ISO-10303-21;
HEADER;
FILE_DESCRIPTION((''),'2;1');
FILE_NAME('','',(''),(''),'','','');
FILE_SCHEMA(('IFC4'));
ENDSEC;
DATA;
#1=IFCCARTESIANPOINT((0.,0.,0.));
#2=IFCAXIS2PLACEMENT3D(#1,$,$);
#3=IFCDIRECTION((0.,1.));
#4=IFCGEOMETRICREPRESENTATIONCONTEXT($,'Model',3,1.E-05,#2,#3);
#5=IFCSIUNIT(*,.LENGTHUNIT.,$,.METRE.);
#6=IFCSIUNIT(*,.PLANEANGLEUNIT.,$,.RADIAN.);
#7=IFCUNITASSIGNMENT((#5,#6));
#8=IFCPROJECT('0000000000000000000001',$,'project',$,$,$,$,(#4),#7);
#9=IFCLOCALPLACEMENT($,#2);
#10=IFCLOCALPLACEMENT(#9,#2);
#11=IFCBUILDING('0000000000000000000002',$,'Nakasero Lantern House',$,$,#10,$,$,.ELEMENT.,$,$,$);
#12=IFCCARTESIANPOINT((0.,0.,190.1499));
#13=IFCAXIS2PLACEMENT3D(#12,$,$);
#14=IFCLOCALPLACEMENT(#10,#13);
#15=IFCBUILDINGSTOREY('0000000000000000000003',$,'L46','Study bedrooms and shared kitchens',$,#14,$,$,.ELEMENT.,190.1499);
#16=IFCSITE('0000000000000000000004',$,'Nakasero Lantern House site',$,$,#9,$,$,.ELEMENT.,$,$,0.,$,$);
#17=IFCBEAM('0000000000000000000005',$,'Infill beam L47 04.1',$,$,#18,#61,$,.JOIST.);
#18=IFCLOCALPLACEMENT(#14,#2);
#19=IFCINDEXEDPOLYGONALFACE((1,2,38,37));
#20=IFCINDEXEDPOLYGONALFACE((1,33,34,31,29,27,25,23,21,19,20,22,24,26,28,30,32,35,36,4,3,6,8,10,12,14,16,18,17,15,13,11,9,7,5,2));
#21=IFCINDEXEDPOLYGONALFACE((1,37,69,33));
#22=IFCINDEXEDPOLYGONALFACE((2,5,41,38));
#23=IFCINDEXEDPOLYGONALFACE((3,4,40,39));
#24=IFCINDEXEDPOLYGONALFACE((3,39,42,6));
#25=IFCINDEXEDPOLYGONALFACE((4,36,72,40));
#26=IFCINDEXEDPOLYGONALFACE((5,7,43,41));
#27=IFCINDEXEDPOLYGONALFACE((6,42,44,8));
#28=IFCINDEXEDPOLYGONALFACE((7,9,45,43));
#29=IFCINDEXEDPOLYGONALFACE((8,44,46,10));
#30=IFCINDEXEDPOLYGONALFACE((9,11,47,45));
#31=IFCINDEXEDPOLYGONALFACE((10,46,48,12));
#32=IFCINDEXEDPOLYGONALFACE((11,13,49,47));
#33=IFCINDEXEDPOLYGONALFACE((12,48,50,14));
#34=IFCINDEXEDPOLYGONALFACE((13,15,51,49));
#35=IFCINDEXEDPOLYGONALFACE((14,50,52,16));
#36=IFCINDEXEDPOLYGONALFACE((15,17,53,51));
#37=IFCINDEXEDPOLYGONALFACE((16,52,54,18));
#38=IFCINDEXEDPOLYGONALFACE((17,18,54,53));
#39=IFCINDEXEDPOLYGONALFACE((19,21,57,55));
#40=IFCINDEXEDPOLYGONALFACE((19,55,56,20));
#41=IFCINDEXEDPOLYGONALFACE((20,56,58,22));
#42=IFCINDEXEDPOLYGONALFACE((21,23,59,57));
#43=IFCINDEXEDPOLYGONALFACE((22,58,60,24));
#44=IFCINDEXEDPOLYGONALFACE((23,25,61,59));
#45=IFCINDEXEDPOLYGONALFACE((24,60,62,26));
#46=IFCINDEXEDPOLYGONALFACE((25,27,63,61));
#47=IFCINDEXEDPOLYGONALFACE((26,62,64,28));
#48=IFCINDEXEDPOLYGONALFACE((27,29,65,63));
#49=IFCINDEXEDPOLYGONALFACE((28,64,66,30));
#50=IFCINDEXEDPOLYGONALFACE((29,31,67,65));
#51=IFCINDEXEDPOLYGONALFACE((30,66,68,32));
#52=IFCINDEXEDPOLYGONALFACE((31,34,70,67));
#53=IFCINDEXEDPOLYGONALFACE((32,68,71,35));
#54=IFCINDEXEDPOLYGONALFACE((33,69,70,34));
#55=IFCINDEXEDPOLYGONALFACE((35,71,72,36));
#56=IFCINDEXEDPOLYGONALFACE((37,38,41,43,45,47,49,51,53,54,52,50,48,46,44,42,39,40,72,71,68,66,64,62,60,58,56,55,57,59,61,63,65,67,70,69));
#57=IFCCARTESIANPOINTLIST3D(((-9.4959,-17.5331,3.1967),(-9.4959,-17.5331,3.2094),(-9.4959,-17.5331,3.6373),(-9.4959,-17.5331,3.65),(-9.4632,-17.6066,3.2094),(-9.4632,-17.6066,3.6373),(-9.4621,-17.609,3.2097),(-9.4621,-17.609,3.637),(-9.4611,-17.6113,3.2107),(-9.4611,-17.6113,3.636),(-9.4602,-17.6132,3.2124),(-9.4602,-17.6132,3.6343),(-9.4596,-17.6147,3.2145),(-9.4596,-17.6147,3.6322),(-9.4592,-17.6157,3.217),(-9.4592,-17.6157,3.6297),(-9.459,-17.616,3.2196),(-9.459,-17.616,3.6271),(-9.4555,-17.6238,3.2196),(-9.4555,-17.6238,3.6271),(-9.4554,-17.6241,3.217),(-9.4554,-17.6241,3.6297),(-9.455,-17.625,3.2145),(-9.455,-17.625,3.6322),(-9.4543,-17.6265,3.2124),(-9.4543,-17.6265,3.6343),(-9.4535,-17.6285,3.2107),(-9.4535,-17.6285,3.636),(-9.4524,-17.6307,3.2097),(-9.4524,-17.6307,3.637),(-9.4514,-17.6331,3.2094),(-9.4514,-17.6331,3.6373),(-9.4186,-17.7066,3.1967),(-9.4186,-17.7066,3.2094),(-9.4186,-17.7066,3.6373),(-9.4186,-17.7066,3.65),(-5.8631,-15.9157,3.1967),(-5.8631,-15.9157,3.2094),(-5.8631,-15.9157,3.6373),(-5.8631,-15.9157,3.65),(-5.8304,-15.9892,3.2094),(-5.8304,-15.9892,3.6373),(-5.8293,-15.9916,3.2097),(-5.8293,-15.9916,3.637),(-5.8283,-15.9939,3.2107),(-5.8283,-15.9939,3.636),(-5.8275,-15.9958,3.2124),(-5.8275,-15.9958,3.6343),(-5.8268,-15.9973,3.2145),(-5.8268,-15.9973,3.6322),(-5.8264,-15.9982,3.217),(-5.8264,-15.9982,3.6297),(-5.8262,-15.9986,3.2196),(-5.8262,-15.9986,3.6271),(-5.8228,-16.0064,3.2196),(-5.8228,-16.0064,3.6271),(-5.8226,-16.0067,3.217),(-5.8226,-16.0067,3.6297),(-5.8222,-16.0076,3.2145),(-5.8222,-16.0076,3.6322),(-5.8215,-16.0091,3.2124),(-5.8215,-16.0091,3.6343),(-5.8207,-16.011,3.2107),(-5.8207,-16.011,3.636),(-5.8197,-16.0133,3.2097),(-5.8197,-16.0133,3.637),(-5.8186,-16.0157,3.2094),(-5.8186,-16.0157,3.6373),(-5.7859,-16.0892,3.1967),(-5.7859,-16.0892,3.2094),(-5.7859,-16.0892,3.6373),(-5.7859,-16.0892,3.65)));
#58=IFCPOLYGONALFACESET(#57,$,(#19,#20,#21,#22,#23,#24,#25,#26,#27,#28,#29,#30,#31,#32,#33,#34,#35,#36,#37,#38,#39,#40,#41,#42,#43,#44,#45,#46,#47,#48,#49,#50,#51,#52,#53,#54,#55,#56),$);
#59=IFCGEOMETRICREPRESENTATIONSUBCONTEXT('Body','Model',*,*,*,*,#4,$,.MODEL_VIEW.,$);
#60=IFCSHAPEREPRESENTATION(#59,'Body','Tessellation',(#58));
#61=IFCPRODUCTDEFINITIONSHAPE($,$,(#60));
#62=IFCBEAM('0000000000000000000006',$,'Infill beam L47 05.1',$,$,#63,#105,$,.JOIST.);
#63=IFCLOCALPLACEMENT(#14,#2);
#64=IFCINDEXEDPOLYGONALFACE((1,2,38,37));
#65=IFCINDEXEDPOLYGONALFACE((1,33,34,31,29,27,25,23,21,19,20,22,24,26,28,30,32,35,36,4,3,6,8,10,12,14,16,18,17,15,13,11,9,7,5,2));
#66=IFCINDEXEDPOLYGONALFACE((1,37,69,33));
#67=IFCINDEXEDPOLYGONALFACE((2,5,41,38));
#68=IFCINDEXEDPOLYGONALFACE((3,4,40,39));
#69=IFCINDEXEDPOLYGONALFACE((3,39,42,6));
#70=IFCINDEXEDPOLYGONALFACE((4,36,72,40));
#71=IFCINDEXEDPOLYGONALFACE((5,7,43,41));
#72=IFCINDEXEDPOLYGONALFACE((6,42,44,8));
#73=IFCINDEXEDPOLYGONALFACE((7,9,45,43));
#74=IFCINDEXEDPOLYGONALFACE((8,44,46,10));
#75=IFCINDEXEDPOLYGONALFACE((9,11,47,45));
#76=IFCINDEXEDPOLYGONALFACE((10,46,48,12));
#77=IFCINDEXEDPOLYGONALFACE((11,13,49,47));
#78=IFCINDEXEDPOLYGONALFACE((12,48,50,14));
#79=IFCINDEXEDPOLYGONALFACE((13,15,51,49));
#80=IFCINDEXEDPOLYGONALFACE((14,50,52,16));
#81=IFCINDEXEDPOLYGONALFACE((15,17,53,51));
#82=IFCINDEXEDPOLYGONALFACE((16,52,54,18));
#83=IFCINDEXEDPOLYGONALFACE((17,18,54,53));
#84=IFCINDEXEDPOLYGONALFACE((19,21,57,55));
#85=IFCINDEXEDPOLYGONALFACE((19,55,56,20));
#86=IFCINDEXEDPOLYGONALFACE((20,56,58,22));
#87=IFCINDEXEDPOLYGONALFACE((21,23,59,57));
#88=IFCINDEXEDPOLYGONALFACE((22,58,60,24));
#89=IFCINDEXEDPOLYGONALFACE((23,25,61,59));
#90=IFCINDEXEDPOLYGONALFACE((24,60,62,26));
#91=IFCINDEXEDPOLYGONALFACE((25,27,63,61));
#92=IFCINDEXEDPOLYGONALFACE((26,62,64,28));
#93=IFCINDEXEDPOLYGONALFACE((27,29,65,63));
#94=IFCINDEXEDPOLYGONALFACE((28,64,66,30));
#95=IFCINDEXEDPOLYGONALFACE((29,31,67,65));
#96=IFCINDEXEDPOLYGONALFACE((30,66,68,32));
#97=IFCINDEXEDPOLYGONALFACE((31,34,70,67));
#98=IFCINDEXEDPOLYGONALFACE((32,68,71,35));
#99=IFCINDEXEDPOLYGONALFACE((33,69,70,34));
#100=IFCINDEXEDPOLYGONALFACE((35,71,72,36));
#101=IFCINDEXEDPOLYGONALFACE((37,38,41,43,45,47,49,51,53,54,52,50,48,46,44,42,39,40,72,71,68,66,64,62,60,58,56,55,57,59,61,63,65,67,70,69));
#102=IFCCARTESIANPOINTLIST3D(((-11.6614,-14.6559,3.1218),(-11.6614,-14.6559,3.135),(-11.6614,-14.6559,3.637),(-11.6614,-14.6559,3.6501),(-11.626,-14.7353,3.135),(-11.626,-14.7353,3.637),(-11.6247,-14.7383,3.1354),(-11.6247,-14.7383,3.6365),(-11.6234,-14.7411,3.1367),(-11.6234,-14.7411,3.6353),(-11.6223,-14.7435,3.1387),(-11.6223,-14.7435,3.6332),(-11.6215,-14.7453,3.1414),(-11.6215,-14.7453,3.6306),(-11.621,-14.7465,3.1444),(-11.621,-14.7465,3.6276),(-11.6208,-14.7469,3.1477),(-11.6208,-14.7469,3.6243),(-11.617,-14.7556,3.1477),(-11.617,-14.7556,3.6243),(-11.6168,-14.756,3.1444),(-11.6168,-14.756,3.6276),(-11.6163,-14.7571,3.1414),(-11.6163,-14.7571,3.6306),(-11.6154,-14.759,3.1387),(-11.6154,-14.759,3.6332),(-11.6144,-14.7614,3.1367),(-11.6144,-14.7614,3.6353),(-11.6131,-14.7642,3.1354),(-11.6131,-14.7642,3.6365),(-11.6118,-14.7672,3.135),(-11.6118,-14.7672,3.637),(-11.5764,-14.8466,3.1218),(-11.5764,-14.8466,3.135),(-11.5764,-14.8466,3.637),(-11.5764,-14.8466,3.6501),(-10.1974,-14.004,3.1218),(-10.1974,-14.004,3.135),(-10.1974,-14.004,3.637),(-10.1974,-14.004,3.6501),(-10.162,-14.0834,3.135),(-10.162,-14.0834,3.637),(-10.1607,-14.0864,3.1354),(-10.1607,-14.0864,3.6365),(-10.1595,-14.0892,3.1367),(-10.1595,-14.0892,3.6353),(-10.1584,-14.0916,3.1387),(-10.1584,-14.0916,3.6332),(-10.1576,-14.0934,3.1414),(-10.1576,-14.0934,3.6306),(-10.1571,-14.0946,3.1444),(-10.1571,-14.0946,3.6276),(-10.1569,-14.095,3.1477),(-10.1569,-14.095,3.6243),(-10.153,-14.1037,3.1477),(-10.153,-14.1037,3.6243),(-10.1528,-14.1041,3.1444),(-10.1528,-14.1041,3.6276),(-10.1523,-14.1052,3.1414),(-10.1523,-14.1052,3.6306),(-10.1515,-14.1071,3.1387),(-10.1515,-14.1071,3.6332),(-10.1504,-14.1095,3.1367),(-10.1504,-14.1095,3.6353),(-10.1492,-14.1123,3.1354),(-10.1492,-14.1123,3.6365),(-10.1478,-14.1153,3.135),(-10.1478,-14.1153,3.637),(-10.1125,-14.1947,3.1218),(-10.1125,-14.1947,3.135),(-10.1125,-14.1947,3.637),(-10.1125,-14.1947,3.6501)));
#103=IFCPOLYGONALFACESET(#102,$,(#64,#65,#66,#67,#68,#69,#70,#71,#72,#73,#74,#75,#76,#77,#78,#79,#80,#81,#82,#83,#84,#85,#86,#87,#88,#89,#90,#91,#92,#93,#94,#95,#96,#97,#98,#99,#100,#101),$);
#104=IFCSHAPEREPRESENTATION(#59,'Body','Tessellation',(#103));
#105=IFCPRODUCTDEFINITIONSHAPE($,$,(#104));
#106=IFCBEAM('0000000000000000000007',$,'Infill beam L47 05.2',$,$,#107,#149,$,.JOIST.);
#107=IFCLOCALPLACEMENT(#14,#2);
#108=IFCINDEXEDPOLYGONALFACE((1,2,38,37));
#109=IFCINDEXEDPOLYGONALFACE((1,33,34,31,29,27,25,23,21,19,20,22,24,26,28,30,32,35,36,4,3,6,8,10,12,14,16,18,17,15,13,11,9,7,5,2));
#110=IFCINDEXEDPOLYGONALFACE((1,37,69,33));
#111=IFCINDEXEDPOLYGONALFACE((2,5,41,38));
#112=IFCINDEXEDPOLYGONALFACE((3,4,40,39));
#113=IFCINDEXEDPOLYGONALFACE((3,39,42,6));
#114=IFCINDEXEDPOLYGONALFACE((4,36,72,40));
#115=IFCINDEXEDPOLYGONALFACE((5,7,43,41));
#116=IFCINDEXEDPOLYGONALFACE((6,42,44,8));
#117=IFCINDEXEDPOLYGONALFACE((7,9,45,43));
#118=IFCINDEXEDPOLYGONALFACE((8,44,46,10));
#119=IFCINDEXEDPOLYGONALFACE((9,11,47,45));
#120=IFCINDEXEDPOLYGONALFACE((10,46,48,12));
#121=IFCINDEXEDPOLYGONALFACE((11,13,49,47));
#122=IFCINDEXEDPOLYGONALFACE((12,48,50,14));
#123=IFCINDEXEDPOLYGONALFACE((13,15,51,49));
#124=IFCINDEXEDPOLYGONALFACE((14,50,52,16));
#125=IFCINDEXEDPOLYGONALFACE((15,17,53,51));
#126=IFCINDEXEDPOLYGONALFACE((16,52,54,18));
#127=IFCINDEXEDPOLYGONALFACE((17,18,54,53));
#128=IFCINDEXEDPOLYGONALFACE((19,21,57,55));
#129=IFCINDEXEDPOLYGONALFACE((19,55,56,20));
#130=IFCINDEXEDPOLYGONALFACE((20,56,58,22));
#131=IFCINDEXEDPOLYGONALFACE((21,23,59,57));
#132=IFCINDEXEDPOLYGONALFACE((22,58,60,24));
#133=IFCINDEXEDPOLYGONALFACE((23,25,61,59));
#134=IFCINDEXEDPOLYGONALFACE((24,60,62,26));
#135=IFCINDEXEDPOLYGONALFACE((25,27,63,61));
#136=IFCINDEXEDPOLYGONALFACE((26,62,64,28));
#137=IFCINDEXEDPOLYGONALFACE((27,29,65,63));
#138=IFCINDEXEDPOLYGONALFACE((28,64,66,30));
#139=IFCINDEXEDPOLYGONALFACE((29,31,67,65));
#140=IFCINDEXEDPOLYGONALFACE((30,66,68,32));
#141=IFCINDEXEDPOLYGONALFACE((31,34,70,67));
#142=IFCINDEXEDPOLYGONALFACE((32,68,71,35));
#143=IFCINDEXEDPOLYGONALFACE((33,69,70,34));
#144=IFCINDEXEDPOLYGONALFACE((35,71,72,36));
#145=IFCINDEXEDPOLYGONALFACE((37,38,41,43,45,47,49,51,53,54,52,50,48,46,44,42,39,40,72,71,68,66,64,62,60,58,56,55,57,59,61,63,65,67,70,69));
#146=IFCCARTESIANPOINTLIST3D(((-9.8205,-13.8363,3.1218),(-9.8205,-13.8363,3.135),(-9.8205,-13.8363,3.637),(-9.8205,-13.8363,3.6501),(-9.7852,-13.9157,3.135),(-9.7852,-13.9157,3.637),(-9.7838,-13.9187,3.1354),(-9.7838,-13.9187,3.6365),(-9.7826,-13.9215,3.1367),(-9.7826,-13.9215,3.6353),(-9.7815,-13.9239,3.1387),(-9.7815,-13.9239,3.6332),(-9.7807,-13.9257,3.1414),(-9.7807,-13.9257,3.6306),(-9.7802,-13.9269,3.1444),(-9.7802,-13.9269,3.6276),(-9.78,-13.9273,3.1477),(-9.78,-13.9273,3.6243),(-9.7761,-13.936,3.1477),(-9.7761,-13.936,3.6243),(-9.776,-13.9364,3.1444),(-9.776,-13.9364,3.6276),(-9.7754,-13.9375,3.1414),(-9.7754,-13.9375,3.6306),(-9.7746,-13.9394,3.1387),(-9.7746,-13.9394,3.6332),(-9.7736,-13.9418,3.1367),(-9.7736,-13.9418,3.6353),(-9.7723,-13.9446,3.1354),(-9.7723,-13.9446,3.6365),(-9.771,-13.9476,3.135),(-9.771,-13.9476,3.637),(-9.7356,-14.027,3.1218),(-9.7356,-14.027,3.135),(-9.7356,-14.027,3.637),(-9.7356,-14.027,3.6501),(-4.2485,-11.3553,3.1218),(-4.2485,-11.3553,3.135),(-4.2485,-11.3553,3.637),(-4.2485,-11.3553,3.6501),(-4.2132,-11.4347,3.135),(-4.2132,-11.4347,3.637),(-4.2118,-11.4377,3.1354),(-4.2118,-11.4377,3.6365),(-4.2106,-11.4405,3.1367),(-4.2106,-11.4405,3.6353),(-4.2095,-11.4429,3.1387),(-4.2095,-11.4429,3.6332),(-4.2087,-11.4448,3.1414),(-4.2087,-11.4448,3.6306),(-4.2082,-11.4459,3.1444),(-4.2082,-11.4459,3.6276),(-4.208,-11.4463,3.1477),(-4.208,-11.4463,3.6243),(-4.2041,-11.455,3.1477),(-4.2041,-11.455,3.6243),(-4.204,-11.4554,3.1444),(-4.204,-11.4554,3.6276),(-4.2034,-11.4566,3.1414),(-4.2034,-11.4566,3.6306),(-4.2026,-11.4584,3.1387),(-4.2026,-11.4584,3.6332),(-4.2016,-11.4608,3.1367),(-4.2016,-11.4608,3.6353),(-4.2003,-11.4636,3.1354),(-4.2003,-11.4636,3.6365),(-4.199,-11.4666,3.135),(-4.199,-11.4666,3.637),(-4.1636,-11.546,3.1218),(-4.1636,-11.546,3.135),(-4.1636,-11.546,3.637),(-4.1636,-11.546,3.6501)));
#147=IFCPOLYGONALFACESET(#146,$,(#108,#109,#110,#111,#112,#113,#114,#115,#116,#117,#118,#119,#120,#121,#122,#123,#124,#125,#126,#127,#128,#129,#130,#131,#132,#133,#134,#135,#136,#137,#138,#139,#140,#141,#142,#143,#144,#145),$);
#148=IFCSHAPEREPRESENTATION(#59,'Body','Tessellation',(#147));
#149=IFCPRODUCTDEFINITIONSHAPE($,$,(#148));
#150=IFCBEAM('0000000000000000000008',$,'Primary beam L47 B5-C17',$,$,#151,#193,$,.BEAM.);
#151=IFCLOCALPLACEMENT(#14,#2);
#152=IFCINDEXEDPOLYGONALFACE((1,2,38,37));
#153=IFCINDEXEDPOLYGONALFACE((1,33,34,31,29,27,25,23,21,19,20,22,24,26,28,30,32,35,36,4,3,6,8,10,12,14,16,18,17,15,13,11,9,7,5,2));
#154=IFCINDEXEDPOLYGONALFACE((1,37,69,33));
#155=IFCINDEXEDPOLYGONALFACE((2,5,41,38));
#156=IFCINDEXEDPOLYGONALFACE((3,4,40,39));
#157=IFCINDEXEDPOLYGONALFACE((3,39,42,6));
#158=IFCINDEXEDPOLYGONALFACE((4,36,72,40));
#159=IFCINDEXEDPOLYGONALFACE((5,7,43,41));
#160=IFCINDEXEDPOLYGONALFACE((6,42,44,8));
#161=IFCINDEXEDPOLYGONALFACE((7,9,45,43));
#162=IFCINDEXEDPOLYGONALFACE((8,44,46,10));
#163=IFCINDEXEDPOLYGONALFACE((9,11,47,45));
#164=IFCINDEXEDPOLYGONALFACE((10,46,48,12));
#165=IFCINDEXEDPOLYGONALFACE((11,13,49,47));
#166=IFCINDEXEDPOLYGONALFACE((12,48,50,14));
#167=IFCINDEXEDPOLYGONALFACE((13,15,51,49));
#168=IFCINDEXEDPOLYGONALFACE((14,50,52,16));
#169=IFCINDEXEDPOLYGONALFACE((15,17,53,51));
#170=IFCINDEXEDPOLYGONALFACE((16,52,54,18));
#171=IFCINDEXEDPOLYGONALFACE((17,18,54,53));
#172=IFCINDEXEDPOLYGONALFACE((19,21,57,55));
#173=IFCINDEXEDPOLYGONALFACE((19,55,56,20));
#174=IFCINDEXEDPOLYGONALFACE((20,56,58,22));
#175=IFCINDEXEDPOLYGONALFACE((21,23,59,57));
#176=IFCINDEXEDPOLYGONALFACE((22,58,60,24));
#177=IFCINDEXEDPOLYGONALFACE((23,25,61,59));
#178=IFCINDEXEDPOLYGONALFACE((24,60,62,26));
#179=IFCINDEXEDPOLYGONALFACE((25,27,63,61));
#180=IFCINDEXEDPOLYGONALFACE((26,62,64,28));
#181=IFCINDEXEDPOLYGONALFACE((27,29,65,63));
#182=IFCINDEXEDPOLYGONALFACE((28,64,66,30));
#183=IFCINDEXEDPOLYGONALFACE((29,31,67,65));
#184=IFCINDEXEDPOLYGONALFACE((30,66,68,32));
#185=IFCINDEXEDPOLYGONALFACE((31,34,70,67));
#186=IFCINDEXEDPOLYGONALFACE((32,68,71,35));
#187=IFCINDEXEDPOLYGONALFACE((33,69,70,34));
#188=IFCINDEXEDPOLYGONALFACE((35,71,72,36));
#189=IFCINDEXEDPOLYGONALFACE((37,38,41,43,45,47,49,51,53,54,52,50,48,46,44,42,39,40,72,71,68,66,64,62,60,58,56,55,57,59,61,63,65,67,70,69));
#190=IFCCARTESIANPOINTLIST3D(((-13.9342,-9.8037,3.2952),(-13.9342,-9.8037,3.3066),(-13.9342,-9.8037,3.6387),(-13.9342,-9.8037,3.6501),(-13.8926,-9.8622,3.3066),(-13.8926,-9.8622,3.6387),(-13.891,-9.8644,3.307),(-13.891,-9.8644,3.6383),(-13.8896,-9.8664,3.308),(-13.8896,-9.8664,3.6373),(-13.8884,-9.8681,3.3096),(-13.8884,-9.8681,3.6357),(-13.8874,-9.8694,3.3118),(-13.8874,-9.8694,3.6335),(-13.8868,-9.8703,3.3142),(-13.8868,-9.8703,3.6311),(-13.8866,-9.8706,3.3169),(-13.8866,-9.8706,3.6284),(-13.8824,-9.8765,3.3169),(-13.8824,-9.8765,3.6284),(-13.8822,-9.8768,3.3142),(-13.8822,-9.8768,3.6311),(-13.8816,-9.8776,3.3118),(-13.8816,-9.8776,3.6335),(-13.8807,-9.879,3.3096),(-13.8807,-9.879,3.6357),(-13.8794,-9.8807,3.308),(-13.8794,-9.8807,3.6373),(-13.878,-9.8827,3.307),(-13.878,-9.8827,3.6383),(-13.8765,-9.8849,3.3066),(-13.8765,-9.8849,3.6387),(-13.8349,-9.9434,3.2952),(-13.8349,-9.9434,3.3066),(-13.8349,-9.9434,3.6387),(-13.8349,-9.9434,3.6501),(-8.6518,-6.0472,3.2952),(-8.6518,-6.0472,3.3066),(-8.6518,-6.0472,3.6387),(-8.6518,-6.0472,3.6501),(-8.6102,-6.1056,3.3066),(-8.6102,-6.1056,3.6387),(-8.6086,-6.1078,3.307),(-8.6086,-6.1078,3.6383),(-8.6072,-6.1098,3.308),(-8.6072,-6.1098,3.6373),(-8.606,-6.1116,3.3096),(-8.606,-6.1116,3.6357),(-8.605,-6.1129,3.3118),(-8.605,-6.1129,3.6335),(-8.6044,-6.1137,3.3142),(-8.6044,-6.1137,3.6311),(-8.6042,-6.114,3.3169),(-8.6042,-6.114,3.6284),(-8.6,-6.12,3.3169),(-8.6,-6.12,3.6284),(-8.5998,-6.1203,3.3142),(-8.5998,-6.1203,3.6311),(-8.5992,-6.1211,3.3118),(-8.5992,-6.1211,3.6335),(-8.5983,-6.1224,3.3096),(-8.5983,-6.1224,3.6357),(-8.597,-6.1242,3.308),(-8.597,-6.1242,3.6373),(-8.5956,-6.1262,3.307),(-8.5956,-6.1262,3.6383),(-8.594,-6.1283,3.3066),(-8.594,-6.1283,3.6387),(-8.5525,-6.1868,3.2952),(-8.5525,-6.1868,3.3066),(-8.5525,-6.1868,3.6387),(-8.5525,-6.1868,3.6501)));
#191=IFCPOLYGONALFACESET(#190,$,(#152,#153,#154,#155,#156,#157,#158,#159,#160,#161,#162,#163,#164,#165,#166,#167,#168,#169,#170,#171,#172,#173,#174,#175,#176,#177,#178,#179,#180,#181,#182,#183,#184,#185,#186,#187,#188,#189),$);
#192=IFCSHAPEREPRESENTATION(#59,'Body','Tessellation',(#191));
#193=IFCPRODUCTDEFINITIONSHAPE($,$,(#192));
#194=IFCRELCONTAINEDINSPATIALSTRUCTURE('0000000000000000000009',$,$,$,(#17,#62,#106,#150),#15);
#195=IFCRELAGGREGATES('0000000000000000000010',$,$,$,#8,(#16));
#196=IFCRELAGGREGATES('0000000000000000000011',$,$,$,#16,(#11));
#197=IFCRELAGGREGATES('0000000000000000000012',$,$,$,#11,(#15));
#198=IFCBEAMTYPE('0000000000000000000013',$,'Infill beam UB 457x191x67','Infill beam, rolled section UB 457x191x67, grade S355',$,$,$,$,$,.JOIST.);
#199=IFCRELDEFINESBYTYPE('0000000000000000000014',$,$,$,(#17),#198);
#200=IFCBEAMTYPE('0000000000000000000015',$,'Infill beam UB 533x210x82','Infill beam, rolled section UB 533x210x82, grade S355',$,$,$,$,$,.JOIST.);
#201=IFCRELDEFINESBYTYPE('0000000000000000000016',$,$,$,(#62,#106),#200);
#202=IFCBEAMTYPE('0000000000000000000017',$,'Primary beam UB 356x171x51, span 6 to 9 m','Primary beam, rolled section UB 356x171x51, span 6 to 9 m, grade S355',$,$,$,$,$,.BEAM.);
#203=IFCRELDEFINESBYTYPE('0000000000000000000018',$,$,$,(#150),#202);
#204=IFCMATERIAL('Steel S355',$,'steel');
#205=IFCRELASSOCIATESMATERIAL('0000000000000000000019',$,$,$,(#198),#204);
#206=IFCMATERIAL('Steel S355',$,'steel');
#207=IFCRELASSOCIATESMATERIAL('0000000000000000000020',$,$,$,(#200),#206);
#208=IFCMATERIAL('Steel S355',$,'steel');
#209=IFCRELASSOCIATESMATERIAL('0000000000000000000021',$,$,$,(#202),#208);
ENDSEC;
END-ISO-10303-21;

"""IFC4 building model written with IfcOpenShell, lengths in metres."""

from ifc_helpers import new_model, si_unit, direction, frame, origin, origin_2d, place, context, subcontext, project, spatial, i_section, extrude, material, material_profile, profile_set, type_object, element, save


model = new_model("IFC4")

# Units and contexts
model_context = context("Model", 3, precision=1e-05, world=origin(), true_north=direction((0.0, 1.0)))
body_context = subcontext(model_context, "Body", "Model", "MODEL_VIEW")
ifc_project = project(units=[si_unit("LENGTHUNIT", "METRE"), si_unit("PLANEANGLEUNIT", "RADIAN")], contexts=[model_context])

# Site, building, storey
site_placement = place(None, origin())
site = spatial("IfcSite", under=ifc_project, at=site_placement, Name="Nakasero Lantern House site", CompositionType="ELEMENT", RefElevation=0.0)
building_placement = place(site_placement, origin())
building = spatial("IfcBuilding", under=site, at=building_placement, Name="Nakasero Lantern House", CompositionType="ELEMENT")
storey_placement = place(building_placement, frame((0.0, 0.0, 190.1499)))
storey = spatial("IfcBuildingStorey", under=building, at=storey_placement, Name="L46", Description="Study bedrooms and shared kitchens", CompositionType="ELEMENT", Elevation=190.1499)

# Beams
ifc_material_1 = material(Name="Steel S355", Category="steel")
ifc_material_profile_1 = material_profile(ifc_material_1, i_section(OverallWidth=0.1899, OverallDepth=0.4534, WebThickness=0.0085, FlangeThickness=0.0127, FilletRadius=0.0103, at=origin_2d()), Name="UB 457x191x67")
ifc_profile_set_1 = profile_set([ifc_material_profile_1], Name="Steel S355")
beam_type_1 = type_object("IfcBeamType", Name="Infill beam UB 457x191x67", Description="Infill beam, rolled section UB 457x191x67, grade S355", PredefinedType="JOIST", material=ifc_profile_set_1)
beam_1_placement = place(storey_placement, frame((-9.4573, -17.6199, 3.4233), z_axis=(0.913546, 0.406736, 0.0), x_axis=(-0.406736, 0.913546, 0.0)))
element("IfcBeam", 1, at=beam_1_placement, inside=storey, type_object=beam_type_1, Name="Infill beam L47 04.1", PredefinedType="JOIST", context=body_context, shape_type="SweptSolid", body=[
    extrude(i_section(OverallWidth=0.1899, OverallDepth=0.4534, WebThickness=0.0085, FlangeThickness=0.0127, FilletRadius=0.0103, at=origin_2d()), origin(), (0.0, 0.0, 1.0), 3.9766),
])
ifc_material_2 = material(Name="Steel S355", Category="steel")
ifc_material_profile_2 = material_profile(ifc_material_2, i_section(OverallWidth=0.2087, OverallDepth=0.5283, WebThickness=0.0095, FlangeThickness=0.0132, FilletRadius=0.0127, at=origin_2d()), Name="UB 533x210x82")
ifc_profile_set_2 = profile_set([ifc_material_profile_2], Name="Steel S355")
beam_type_2 = type_object("IfcBeamType", Name="Infill beam UB 533x210x82", Description="Infill beam, rolled section UB 533x210x82, grade S355", PredefinedType="JOIST", material=ifc_profile_set_2)
beam_2_placement = place(storey_placement, frame((-11.6189, -14.7512, 3.386), z_axis=(0.913522, 0.406789, 0.0), x_axis=(-0.406789, 0.913522, 0.0)))
element("IfcBeam", 2, at=beam_2_placement, inside=storey, type_object=beam_type_2, Name="Infill beam L47 05.1", PredefinedType="JOIST", context=body_context, shape_type="SweptSolid", body=[
    extrude(i_section(OverallWidth=0.2087, OverallDepth=0.5283, WebThickness=0.0095, FlangeThickness=0.0132, FilletRadius=0.0127, at=origin_2d()), origin(), (0.0, 0.0, 1.0), 1.6025),
])
beam_3_placement = place(storey_placement, frame((-9.7781, -13.9316, 3.386), z_axis=(0.913537, 0.406755, 0.0), x_axis=(-0.406755, 0.913537, 0.0)))
element("IfcBeam", 3, at=beam_3_placement, inside=storey, type_object=beam_type_2, Name="Infill beam L47 05.2", PredefinedType="JOIST", context=body_context, shape_type="SweptSolid", body=[
    extrude(i_section(OverallWidth=0.2087, OverallDepth=0.5283, WebThickness=0.0095, FlangeThickness=0.0132, FilletRadius=0.0127, at=origin_2d()), origin(), (0.0, 0.0, 1.0), 6.0994),
])
ifc_material_3 = material(Name="Steel S355", Category="steel")
ifc_material_profile_3 = material_profile(ifc_material_3, i_section(OverallWidth=0.1714, OverallDepth=0.355, WebThickness=0.0073, FlangeThickness=0.0115, FilletRadius=0.0103, at=origin_2d()), Name="UB 356x171x51")
ifc_profile_set_3 = profile_set([ifc_material_profile_3], Name="Steel S355")
beam_type_3 = type_object("IfcBeamType", Name="Primary beam UB 356x171x51, span 6 to 9 m", Description="Primary beam, rolled section UB 356x171x51, span 6 to 9 m, grade S355", PredefinedType="BEAM", material=ifc_profile_set_3)
beam_4_placement = place(storey_placement, frame((-13.8845, -9.8735, 3.4727), z_axis=(0.814943, 0.579541, 0.0), x_axis=(-0.579541, 0.814943, 0.0)))
element("IfcBeam", 4, at=beam_4_placement, inside=storey, type_object=beam_type_3, Name="Primary beam L47 B5-C17", PredefinedType="BEAM", context=body_context, shape_type="SweptSolid", body=[
    extrude(i_section(OverallWidth=0.1714, OverallDepth=0.355, WebThickness=0.0073, FlangeThickness=0.0115, FilletRadius=0.0103, at=origin_2d()), origin(), (0.0, 0.0, 1.0), 6.4819),
])

save(model, "model.ifc")
